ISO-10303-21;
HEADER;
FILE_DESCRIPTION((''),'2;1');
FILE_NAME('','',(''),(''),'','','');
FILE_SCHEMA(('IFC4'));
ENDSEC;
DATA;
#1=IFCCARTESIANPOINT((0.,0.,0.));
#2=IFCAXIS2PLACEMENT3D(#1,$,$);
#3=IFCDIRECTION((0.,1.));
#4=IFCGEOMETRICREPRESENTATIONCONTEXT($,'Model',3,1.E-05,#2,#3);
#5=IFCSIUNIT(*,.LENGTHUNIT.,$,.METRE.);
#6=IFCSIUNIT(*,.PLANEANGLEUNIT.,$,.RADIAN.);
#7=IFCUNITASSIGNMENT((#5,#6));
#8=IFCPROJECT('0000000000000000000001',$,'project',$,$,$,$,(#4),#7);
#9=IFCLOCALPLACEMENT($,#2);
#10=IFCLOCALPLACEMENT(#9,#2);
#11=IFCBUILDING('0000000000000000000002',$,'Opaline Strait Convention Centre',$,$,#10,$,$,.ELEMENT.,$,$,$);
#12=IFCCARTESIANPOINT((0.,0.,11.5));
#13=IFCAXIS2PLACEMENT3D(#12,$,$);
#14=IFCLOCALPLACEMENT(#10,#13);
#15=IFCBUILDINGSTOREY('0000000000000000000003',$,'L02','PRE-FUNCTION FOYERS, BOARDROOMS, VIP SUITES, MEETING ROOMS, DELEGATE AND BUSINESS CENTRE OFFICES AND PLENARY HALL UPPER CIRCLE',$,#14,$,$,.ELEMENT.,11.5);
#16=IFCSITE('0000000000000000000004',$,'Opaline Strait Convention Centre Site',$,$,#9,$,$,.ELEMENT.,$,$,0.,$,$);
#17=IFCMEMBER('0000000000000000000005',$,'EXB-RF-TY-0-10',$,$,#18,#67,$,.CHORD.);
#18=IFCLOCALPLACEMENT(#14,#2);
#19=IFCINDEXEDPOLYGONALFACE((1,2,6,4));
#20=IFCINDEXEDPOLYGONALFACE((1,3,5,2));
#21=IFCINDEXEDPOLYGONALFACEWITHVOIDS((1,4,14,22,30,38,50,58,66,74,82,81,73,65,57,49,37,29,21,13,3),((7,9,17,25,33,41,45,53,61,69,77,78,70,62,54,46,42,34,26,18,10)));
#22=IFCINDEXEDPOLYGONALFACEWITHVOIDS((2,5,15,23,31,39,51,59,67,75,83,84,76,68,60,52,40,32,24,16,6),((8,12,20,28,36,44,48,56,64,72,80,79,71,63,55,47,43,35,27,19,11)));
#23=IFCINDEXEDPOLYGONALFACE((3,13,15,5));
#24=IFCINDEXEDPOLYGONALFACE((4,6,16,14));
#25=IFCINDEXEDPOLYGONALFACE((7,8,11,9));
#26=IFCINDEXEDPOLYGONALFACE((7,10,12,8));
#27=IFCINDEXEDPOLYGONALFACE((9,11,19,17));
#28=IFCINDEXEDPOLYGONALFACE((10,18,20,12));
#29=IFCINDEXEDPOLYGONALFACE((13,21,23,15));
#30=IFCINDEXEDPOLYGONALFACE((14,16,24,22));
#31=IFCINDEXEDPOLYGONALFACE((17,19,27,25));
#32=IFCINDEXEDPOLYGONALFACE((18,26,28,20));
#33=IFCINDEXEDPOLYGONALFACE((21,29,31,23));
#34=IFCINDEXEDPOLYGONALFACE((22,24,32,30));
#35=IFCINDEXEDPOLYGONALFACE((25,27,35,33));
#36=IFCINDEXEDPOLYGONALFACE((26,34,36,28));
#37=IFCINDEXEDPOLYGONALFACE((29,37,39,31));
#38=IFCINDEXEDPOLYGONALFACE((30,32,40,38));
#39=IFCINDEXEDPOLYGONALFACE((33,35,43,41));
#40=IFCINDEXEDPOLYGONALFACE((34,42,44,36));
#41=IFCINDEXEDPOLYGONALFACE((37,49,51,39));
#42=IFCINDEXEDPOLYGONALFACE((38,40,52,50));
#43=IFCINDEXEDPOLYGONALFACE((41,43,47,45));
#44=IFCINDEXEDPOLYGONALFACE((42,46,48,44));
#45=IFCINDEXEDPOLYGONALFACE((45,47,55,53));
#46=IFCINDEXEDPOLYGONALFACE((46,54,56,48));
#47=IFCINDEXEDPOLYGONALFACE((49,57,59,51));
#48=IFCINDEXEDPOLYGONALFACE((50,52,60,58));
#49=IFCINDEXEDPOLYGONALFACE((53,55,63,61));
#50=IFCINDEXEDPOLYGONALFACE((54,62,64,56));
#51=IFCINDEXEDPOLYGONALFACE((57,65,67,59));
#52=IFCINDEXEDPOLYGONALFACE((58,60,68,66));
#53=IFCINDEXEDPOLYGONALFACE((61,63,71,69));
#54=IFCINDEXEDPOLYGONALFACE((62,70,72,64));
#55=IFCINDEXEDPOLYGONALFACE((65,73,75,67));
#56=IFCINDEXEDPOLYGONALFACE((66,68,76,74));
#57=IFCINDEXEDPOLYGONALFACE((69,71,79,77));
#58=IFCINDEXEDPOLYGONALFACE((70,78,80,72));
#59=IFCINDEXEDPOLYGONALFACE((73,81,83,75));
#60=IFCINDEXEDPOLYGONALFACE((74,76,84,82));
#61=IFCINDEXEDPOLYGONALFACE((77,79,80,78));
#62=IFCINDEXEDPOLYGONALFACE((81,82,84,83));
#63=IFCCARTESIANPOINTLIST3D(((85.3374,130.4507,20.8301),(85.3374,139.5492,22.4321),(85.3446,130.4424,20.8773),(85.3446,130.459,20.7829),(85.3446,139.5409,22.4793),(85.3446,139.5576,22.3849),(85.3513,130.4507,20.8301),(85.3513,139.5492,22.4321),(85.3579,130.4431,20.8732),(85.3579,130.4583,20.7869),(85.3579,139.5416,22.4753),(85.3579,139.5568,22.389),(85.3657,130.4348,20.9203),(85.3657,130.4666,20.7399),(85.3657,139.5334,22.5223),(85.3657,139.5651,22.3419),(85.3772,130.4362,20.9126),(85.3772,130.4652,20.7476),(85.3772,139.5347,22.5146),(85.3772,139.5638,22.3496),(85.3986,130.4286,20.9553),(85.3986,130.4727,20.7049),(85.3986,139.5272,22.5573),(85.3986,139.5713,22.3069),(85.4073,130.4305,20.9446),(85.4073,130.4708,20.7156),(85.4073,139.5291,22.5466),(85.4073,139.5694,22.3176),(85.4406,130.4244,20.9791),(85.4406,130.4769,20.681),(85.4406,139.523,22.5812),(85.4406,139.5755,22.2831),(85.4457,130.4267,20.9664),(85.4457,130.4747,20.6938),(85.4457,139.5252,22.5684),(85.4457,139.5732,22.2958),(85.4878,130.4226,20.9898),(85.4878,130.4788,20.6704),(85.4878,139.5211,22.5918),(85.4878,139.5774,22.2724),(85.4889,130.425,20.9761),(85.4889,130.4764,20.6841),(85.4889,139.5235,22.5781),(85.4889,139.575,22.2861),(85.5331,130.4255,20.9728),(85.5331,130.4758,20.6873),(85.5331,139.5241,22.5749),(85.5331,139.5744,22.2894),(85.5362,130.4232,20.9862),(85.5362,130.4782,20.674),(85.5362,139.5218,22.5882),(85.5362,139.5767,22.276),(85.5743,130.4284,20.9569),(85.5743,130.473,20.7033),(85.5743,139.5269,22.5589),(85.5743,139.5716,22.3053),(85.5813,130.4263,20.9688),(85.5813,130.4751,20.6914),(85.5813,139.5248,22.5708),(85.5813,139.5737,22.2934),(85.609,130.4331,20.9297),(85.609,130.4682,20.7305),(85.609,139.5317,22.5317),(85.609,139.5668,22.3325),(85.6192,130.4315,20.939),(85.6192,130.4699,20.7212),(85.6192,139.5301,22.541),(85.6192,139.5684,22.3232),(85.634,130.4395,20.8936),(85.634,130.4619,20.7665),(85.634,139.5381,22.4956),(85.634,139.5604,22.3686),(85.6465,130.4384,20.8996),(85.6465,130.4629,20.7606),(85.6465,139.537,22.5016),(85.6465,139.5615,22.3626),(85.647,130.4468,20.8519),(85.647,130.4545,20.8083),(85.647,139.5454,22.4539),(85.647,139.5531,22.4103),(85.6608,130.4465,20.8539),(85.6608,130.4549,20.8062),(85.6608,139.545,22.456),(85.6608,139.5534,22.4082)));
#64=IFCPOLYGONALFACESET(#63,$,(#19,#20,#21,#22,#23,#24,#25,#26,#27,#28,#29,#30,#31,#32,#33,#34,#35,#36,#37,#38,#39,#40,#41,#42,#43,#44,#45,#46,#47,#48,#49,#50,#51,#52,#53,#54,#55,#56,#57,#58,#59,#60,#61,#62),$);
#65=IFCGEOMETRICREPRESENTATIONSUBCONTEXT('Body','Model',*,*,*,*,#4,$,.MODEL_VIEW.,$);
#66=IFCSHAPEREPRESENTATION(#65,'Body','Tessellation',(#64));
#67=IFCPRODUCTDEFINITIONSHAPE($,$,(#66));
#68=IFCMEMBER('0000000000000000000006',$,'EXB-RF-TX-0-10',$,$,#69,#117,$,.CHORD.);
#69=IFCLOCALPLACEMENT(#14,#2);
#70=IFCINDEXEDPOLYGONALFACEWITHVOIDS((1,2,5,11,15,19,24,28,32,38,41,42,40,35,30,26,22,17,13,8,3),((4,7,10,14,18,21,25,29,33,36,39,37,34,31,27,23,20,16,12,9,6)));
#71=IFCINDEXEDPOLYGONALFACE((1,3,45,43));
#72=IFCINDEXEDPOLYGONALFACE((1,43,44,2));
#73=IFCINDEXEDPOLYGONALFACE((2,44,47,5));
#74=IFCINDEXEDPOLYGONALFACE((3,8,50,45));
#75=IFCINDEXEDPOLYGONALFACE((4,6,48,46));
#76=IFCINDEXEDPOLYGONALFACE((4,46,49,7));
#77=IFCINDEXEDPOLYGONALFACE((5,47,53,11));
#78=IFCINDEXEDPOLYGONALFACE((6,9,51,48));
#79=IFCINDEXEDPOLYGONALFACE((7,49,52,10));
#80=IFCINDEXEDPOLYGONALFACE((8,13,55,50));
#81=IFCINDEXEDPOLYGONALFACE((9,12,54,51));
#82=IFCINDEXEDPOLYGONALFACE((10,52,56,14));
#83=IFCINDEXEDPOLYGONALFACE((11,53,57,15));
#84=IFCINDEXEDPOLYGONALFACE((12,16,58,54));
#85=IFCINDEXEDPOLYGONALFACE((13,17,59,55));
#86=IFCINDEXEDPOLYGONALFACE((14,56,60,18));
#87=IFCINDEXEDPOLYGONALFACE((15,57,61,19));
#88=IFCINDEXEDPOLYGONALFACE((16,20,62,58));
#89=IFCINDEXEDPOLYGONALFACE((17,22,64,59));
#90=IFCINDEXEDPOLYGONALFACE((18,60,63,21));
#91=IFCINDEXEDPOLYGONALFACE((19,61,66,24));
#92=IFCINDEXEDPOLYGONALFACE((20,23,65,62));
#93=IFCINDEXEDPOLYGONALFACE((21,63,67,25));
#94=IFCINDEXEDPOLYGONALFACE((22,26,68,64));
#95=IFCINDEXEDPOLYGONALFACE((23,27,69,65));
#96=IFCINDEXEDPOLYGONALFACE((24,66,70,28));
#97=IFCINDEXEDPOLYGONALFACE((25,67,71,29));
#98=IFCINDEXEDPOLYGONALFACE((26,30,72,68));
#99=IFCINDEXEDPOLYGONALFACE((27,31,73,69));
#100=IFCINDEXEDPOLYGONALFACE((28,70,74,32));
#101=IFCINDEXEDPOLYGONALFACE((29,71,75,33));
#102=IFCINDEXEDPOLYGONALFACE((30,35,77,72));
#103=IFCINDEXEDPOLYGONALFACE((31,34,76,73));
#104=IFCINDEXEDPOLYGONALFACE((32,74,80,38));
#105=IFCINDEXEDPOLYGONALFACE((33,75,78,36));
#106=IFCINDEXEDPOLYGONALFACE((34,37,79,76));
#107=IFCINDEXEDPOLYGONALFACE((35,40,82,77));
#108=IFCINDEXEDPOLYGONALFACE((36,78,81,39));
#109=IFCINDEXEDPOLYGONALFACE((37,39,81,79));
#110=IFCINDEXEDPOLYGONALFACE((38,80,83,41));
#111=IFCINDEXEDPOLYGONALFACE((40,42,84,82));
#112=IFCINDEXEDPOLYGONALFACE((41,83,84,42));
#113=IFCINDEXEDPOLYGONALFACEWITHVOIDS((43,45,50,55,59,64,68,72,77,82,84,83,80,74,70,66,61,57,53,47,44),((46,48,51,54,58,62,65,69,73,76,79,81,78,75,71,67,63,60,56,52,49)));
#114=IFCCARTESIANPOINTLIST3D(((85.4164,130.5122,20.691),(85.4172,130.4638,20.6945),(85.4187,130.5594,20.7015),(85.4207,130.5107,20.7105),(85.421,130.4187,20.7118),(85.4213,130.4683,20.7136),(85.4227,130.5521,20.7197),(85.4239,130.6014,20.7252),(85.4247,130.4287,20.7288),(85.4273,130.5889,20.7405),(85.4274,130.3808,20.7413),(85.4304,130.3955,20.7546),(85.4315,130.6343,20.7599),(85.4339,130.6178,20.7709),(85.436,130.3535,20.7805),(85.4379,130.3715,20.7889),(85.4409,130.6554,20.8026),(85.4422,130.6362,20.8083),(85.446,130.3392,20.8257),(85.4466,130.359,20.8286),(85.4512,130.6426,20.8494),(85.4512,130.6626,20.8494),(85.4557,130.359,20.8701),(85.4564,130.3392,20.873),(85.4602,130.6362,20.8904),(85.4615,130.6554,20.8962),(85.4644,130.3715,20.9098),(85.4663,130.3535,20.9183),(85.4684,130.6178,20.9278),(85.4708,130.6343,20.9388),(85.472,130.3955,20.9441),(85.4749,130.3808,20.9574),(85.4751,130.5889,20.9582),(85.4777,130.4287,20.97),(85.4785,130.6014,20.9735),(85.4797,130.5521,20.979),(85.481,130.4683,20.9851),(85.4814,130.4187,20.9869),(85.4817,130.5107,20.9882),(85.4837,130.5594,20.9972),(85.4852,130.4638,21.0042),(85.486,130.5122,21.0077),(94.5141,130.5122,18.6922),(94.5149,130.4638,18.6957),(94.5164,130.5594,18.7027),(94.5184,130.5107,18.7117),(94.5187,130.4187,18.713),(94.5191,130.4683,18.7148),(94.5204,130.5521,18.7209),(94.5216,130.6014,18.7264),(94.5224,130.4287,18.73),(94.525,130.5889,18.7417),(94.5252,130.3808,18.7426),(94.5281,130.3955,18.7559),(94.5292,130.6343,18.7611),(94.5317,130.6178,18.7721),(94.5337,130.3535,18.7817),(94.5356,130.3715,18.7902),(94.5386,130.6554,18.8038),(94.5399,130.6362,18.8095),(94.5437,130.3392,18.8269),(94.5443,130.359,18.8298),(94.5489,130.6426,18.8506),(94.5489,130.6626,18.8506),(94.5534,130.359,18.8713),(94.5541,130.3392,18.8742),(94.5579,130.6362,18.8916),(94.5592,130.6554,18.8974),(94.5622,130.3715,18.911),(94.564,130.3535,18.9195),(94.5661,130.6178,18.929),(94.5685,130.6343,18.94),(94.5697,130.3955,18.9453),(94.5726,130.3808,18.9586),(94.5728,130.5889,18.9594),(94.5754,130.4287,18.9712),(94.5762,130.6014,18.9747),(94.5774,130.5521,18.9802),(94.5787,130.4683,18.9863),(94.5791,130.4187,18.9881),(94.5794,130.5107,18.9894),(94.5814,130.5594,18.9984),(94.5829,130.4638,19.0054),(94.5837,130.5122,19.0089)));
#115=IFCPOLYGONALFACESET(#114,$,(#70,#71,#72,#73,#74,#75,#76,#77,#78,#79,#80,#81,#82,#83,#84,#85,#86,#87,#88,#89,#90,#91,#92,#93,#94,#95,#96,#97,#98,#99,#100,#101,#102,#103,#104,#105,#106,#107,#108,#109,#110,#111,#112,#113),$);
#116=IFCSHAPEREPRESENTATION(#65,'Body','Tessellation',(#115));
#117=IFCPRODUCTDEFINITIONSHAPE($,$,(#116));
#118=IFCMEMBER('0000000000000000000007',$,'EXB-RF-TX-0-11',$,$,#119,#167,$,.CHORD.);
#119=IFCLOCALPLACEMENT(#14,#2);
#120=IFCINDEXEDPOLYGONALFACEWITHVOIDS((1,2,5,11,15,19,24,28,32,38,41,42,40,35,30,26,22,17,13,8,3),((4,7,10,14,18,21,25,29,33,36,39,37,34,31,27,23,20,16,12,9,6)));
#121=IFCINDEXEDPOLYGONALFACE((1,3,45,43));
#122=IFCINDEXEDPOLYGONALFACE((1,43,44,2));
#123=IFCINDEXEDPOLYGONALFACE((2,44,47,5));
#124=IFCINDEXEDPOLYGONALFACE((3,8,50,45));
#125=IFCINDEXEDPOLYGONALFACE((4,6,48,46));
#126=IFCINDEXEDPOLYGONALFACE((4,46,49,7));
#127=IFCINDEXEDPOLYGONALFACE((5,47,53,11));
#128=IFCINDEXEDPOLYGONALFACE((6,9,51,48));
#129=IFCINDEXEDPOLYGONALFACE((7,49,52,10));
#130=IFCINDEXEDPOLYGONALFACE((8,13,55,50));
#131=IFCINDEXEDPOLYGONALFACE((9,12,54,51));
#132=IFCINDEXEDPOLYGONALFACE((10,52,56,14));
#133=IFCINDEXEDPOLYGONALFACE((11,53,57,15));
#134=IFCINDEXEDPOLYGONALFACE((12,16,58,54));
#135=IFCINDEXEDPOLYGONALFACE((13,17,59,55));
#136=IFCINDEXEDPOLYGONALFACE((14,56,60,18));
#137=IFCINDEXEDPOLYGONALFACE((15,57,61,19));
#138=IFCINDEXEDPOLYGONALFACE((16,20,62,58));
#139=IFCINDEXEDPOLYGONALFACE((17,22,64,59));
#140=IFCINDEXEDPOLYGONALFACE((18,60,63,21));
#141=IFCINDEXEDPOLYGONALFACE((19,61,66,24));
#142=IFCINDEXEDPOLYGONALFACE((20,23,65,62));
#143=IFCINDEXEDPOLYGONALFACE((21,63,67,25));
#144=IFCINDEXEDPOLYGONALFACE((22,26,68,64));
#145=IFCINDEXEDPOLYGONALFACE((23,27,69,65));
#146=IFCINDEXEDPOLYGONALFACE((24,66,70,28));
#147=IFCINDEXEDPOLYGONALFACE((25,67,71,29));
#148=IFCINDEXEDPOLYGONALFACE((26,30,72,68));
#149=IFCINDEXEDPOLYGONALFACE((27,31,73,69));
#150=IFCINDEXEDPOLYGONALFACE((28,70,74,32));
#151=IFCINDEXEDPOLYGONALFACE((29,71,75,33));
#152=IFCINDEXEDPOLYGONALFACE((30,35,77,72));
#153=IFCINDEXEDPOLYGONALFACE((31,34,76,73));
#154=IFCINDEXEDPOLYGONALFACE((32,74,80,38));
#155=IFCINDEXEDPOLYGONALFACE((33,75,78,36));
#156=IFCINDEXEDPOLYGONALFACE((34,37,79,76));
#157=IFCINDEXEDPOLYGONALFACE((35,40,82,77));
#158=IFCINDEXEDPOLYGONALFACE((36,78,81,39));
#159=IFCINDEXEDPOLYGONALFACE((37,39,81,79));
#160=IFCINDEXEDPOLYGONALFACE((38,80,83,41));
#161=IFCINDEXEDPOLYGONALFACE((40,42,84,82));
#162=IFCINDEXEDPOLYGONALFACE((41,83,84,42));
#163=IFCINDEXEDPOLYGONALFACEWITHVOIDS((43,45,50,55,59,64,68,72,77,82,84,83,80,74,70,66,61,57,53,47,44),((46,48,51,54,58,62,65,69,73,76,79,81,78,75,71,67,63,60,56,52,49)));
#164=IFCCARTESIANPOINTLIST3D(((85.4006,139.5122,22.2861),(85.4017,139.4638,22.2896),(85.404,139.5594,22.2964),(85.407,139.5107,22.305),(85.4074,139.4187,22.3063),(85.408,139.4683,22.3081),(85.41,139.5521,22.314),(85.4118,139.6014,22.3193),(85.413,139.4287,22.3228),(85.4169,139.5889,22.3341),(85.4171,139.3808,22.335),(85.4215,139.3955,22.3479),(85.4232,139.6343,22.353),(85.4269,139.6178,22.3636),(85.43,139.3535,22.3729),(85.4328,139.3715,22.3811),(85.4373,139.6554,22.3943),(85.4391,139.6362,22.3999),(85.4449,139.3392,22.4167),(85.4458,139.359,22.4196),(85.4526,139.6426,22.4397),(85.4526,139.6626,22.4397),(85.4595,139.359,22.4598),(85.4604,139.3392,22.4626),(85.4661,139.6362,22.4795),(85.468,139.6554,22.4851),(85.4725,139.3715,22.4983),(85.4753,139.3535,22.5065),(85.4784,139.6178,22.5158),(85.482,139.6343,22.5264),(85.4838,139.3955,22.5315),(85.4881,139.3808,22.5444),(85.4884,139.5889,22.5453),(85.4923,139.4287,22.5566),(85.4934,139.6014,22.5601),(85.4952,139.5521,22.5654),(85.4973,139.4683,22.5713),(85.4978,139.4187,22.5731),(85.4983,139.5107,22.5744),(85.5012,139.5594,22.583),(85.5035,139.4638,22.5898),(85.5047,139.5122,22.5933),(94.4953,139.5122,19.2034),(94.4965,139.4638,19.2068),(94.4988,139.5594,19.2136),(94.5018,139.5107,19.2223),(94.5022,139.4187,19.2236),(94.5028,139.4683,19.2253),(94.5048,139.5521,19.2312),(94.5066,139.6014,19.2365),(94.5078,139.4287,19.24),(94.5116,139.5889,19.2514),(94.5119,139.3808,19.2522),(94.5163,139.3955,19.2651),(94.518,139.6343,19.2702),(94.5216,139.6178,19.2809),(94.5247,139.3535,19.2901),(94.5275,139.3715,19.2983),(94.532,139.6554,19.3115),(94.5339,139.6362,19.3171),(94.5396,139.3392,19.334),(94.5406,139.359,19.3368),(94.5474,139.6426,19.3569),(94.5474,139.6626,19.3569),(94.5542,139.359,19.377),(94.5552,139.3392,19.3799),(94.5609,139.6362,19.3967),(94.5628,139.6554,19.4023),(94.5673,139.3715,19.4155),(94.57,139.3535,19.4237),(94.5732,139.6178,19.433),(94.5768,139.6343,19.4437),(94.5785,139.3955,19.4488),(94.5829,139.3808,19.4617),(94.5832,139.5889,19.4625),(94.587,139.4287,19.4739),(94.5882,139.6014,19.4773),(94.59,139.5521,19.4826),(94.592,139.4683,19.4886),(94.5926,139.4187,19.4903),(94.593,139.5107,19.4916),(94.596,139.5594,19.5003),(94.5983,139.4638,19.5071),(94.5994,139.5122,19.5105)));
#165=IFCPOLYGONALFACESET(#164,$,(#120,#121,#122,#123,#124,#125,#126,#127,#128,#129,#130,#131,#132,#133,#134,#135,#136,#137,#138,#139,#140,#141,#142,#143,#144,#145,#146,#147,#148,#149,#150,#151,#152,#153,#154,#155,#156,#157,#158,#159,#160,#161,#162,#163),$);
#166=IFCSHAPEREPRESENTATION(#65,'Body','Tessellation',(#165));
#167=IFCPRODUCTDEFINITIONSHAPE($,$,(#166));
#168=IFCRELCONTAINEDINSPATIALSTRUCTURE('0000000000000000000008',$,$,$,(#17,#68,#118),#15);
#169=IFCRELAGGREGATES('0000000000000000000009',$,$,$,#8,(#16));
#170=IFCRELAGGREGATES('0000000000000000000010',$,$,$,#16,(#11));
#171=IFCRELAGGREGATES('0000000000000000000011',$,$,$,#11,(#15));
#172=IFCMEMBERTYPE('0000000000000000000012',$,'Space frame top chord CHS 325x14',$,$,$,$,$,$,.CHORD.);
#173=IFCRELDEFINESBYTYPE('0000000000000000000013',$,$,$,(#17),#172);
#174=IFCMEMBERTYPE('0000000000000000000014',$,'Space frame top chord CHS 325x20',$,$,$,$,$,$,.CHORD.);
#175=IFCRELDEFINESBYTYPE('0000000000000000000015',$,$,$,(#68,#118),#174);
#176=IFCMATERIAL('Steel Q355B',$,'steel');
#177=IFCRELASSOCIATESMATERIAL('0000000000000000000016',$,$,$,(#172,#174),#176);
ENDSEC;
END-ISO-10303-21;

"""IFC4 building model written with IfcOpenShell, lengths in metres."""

from ifc_helpers import new_model, si_unit, direction, frame, origin, origin_2d, place, context, subcontext, project, spatial, hollow_circle, extrude, material, material_profile, profile_set, type_object, element, save


model = new_model("IFC4")

# Units and contexts
model_context = context("Model", 3, precision=1e-05, world=origin(), true_north=direction((0.0, 1.0)))
body_context = subcontext(model_context, "Body", "Model", "MODEL_VIEW")
ifc_project = project(units=[si_unit("LENGTHUNIT", "METRE"), si_unit("PLANEANGLEUNIT", "RADIAN")], contexts=[model_context])

# Site, building, storey
site_placement = place(None, origin())
site = spatial("IfcSite", under=ifc_project, at=site_placement, Name="Opaline Strait Convention Centre Site", CompositionType="ELEMENT", RefElevation=0.0)
building_placement = place(site_placement, origin())
building = spatial("IfcBuilding", under=site, at=building_placement, Name="Opaline Strait Convention Centre", CompositionType="ELEMENT")
storey_placement = place(building_placement, frame((0.0, 0.0, 11.5)))
storey = spatial("IfcBuildingStorey", under=building, at=storey_placement, Name="L02", Description="PRE-FUNCTION FOYERS, BOARDROOMS, VIP SUITES, MEETING ROOMS, DELEGATE AND BUSINESS CENTRE OFFICES AND PLENARY HALL UPPER CIRCLE", CompositionType="ELEMENT", Elevation=11.5)

# Members
ifc_material_1 = material(Name="Steel Q355B", Category="steel")
ifc_material_profile_1 = material_profile(ifc_material_1, hollow_circle(Radius=0.1626, WallThickness=0.0139, at=origin_2d()), Name="CHS 325x14")
ifc_profile_set_1 = profile_set([ifc_material_profile_1], Name="Steel Q355B")
member_type_1 = type_object("IfcMemberType", Name="Space frame top chord CHS 325x14", PredefinedType="CHORD", material=ifc_profile_set_1)
member_1_placement = place(storey_placement, frame((85.5, 130.4507, 20.8301), z_axis=(0.0, 0.98485, 0.173408), x_axis=(-1.0, 0.0, 0.0)))
element("IfcMember", 1, at=member_1_placement, inside=storey, type_object=member_type_1, Name="EXB-RF-TY-0-10", PredefinedType="CHORD", context=body_context, shape_type="SweptSolid", body=[
    extrude(hollow_circle(Radius=0.1626, WallThickness=0.0139, at=origin_2d()), origin(), (0.0, 0.0, 1.0), 9.2385),
])
ifc_material_profile_2 = material_profile(ifc_material_1, hollow_circle(Radius=0.1626, WallThickness=0.02, at=origin_2d()), Name="CHS 325x20")
ifc_profile_set_2 = profile_set([ifc_material_profile_2], Name="Steel Q355B")
member_type_2 = type_object("IfcMemberType", Name="Space frame top chord CHS 325x20", PredefinedType="CHORD", material=ifc_profile_set_2)
member_2_placement = place(storey_placement, frame((85.4512, 130.5, 20.8494), z_axis=(0.976705, 0.0, -0.214585), x_axis=(0.0, 1.0, 0.0)))
element("IfcMember", 2, at=member_2_placement, inside=storey, type_object=member_type_2, Name="EXB-RF-TX-0-10", PredefinedType="CHORD", context=body_context, shape_type="SweptSolid", body=[
    extrude(hollow_circle(Radius=0.1626, WallThickness=0.02, at=origin_2d()), origin(), (0.0, 0.0, 1.0), 9.3147),
])
member_3_placement = place(storey_placement, frame((85.4526, 139.5, 22.4397), z_axis=(0.947072, 0.0, -0.321021), x_axis=(0.0, 1.0, 0.0)))
element("IfcMember", 3, at=member_3_placement, inside=storey, type_object=member_type_2, Name="EXB-RF-TX-0-11", PredefinedType="CHORD", context=body_context, shape_type="SweptSolid", body=[
    extrude(hollow_circle(Radius=0.1626, WallThickness=0.02, at=origin_2d()), origin(), (0.0, 0.0, 1.0), 9.603),
])

save(model, "model.ifc")
